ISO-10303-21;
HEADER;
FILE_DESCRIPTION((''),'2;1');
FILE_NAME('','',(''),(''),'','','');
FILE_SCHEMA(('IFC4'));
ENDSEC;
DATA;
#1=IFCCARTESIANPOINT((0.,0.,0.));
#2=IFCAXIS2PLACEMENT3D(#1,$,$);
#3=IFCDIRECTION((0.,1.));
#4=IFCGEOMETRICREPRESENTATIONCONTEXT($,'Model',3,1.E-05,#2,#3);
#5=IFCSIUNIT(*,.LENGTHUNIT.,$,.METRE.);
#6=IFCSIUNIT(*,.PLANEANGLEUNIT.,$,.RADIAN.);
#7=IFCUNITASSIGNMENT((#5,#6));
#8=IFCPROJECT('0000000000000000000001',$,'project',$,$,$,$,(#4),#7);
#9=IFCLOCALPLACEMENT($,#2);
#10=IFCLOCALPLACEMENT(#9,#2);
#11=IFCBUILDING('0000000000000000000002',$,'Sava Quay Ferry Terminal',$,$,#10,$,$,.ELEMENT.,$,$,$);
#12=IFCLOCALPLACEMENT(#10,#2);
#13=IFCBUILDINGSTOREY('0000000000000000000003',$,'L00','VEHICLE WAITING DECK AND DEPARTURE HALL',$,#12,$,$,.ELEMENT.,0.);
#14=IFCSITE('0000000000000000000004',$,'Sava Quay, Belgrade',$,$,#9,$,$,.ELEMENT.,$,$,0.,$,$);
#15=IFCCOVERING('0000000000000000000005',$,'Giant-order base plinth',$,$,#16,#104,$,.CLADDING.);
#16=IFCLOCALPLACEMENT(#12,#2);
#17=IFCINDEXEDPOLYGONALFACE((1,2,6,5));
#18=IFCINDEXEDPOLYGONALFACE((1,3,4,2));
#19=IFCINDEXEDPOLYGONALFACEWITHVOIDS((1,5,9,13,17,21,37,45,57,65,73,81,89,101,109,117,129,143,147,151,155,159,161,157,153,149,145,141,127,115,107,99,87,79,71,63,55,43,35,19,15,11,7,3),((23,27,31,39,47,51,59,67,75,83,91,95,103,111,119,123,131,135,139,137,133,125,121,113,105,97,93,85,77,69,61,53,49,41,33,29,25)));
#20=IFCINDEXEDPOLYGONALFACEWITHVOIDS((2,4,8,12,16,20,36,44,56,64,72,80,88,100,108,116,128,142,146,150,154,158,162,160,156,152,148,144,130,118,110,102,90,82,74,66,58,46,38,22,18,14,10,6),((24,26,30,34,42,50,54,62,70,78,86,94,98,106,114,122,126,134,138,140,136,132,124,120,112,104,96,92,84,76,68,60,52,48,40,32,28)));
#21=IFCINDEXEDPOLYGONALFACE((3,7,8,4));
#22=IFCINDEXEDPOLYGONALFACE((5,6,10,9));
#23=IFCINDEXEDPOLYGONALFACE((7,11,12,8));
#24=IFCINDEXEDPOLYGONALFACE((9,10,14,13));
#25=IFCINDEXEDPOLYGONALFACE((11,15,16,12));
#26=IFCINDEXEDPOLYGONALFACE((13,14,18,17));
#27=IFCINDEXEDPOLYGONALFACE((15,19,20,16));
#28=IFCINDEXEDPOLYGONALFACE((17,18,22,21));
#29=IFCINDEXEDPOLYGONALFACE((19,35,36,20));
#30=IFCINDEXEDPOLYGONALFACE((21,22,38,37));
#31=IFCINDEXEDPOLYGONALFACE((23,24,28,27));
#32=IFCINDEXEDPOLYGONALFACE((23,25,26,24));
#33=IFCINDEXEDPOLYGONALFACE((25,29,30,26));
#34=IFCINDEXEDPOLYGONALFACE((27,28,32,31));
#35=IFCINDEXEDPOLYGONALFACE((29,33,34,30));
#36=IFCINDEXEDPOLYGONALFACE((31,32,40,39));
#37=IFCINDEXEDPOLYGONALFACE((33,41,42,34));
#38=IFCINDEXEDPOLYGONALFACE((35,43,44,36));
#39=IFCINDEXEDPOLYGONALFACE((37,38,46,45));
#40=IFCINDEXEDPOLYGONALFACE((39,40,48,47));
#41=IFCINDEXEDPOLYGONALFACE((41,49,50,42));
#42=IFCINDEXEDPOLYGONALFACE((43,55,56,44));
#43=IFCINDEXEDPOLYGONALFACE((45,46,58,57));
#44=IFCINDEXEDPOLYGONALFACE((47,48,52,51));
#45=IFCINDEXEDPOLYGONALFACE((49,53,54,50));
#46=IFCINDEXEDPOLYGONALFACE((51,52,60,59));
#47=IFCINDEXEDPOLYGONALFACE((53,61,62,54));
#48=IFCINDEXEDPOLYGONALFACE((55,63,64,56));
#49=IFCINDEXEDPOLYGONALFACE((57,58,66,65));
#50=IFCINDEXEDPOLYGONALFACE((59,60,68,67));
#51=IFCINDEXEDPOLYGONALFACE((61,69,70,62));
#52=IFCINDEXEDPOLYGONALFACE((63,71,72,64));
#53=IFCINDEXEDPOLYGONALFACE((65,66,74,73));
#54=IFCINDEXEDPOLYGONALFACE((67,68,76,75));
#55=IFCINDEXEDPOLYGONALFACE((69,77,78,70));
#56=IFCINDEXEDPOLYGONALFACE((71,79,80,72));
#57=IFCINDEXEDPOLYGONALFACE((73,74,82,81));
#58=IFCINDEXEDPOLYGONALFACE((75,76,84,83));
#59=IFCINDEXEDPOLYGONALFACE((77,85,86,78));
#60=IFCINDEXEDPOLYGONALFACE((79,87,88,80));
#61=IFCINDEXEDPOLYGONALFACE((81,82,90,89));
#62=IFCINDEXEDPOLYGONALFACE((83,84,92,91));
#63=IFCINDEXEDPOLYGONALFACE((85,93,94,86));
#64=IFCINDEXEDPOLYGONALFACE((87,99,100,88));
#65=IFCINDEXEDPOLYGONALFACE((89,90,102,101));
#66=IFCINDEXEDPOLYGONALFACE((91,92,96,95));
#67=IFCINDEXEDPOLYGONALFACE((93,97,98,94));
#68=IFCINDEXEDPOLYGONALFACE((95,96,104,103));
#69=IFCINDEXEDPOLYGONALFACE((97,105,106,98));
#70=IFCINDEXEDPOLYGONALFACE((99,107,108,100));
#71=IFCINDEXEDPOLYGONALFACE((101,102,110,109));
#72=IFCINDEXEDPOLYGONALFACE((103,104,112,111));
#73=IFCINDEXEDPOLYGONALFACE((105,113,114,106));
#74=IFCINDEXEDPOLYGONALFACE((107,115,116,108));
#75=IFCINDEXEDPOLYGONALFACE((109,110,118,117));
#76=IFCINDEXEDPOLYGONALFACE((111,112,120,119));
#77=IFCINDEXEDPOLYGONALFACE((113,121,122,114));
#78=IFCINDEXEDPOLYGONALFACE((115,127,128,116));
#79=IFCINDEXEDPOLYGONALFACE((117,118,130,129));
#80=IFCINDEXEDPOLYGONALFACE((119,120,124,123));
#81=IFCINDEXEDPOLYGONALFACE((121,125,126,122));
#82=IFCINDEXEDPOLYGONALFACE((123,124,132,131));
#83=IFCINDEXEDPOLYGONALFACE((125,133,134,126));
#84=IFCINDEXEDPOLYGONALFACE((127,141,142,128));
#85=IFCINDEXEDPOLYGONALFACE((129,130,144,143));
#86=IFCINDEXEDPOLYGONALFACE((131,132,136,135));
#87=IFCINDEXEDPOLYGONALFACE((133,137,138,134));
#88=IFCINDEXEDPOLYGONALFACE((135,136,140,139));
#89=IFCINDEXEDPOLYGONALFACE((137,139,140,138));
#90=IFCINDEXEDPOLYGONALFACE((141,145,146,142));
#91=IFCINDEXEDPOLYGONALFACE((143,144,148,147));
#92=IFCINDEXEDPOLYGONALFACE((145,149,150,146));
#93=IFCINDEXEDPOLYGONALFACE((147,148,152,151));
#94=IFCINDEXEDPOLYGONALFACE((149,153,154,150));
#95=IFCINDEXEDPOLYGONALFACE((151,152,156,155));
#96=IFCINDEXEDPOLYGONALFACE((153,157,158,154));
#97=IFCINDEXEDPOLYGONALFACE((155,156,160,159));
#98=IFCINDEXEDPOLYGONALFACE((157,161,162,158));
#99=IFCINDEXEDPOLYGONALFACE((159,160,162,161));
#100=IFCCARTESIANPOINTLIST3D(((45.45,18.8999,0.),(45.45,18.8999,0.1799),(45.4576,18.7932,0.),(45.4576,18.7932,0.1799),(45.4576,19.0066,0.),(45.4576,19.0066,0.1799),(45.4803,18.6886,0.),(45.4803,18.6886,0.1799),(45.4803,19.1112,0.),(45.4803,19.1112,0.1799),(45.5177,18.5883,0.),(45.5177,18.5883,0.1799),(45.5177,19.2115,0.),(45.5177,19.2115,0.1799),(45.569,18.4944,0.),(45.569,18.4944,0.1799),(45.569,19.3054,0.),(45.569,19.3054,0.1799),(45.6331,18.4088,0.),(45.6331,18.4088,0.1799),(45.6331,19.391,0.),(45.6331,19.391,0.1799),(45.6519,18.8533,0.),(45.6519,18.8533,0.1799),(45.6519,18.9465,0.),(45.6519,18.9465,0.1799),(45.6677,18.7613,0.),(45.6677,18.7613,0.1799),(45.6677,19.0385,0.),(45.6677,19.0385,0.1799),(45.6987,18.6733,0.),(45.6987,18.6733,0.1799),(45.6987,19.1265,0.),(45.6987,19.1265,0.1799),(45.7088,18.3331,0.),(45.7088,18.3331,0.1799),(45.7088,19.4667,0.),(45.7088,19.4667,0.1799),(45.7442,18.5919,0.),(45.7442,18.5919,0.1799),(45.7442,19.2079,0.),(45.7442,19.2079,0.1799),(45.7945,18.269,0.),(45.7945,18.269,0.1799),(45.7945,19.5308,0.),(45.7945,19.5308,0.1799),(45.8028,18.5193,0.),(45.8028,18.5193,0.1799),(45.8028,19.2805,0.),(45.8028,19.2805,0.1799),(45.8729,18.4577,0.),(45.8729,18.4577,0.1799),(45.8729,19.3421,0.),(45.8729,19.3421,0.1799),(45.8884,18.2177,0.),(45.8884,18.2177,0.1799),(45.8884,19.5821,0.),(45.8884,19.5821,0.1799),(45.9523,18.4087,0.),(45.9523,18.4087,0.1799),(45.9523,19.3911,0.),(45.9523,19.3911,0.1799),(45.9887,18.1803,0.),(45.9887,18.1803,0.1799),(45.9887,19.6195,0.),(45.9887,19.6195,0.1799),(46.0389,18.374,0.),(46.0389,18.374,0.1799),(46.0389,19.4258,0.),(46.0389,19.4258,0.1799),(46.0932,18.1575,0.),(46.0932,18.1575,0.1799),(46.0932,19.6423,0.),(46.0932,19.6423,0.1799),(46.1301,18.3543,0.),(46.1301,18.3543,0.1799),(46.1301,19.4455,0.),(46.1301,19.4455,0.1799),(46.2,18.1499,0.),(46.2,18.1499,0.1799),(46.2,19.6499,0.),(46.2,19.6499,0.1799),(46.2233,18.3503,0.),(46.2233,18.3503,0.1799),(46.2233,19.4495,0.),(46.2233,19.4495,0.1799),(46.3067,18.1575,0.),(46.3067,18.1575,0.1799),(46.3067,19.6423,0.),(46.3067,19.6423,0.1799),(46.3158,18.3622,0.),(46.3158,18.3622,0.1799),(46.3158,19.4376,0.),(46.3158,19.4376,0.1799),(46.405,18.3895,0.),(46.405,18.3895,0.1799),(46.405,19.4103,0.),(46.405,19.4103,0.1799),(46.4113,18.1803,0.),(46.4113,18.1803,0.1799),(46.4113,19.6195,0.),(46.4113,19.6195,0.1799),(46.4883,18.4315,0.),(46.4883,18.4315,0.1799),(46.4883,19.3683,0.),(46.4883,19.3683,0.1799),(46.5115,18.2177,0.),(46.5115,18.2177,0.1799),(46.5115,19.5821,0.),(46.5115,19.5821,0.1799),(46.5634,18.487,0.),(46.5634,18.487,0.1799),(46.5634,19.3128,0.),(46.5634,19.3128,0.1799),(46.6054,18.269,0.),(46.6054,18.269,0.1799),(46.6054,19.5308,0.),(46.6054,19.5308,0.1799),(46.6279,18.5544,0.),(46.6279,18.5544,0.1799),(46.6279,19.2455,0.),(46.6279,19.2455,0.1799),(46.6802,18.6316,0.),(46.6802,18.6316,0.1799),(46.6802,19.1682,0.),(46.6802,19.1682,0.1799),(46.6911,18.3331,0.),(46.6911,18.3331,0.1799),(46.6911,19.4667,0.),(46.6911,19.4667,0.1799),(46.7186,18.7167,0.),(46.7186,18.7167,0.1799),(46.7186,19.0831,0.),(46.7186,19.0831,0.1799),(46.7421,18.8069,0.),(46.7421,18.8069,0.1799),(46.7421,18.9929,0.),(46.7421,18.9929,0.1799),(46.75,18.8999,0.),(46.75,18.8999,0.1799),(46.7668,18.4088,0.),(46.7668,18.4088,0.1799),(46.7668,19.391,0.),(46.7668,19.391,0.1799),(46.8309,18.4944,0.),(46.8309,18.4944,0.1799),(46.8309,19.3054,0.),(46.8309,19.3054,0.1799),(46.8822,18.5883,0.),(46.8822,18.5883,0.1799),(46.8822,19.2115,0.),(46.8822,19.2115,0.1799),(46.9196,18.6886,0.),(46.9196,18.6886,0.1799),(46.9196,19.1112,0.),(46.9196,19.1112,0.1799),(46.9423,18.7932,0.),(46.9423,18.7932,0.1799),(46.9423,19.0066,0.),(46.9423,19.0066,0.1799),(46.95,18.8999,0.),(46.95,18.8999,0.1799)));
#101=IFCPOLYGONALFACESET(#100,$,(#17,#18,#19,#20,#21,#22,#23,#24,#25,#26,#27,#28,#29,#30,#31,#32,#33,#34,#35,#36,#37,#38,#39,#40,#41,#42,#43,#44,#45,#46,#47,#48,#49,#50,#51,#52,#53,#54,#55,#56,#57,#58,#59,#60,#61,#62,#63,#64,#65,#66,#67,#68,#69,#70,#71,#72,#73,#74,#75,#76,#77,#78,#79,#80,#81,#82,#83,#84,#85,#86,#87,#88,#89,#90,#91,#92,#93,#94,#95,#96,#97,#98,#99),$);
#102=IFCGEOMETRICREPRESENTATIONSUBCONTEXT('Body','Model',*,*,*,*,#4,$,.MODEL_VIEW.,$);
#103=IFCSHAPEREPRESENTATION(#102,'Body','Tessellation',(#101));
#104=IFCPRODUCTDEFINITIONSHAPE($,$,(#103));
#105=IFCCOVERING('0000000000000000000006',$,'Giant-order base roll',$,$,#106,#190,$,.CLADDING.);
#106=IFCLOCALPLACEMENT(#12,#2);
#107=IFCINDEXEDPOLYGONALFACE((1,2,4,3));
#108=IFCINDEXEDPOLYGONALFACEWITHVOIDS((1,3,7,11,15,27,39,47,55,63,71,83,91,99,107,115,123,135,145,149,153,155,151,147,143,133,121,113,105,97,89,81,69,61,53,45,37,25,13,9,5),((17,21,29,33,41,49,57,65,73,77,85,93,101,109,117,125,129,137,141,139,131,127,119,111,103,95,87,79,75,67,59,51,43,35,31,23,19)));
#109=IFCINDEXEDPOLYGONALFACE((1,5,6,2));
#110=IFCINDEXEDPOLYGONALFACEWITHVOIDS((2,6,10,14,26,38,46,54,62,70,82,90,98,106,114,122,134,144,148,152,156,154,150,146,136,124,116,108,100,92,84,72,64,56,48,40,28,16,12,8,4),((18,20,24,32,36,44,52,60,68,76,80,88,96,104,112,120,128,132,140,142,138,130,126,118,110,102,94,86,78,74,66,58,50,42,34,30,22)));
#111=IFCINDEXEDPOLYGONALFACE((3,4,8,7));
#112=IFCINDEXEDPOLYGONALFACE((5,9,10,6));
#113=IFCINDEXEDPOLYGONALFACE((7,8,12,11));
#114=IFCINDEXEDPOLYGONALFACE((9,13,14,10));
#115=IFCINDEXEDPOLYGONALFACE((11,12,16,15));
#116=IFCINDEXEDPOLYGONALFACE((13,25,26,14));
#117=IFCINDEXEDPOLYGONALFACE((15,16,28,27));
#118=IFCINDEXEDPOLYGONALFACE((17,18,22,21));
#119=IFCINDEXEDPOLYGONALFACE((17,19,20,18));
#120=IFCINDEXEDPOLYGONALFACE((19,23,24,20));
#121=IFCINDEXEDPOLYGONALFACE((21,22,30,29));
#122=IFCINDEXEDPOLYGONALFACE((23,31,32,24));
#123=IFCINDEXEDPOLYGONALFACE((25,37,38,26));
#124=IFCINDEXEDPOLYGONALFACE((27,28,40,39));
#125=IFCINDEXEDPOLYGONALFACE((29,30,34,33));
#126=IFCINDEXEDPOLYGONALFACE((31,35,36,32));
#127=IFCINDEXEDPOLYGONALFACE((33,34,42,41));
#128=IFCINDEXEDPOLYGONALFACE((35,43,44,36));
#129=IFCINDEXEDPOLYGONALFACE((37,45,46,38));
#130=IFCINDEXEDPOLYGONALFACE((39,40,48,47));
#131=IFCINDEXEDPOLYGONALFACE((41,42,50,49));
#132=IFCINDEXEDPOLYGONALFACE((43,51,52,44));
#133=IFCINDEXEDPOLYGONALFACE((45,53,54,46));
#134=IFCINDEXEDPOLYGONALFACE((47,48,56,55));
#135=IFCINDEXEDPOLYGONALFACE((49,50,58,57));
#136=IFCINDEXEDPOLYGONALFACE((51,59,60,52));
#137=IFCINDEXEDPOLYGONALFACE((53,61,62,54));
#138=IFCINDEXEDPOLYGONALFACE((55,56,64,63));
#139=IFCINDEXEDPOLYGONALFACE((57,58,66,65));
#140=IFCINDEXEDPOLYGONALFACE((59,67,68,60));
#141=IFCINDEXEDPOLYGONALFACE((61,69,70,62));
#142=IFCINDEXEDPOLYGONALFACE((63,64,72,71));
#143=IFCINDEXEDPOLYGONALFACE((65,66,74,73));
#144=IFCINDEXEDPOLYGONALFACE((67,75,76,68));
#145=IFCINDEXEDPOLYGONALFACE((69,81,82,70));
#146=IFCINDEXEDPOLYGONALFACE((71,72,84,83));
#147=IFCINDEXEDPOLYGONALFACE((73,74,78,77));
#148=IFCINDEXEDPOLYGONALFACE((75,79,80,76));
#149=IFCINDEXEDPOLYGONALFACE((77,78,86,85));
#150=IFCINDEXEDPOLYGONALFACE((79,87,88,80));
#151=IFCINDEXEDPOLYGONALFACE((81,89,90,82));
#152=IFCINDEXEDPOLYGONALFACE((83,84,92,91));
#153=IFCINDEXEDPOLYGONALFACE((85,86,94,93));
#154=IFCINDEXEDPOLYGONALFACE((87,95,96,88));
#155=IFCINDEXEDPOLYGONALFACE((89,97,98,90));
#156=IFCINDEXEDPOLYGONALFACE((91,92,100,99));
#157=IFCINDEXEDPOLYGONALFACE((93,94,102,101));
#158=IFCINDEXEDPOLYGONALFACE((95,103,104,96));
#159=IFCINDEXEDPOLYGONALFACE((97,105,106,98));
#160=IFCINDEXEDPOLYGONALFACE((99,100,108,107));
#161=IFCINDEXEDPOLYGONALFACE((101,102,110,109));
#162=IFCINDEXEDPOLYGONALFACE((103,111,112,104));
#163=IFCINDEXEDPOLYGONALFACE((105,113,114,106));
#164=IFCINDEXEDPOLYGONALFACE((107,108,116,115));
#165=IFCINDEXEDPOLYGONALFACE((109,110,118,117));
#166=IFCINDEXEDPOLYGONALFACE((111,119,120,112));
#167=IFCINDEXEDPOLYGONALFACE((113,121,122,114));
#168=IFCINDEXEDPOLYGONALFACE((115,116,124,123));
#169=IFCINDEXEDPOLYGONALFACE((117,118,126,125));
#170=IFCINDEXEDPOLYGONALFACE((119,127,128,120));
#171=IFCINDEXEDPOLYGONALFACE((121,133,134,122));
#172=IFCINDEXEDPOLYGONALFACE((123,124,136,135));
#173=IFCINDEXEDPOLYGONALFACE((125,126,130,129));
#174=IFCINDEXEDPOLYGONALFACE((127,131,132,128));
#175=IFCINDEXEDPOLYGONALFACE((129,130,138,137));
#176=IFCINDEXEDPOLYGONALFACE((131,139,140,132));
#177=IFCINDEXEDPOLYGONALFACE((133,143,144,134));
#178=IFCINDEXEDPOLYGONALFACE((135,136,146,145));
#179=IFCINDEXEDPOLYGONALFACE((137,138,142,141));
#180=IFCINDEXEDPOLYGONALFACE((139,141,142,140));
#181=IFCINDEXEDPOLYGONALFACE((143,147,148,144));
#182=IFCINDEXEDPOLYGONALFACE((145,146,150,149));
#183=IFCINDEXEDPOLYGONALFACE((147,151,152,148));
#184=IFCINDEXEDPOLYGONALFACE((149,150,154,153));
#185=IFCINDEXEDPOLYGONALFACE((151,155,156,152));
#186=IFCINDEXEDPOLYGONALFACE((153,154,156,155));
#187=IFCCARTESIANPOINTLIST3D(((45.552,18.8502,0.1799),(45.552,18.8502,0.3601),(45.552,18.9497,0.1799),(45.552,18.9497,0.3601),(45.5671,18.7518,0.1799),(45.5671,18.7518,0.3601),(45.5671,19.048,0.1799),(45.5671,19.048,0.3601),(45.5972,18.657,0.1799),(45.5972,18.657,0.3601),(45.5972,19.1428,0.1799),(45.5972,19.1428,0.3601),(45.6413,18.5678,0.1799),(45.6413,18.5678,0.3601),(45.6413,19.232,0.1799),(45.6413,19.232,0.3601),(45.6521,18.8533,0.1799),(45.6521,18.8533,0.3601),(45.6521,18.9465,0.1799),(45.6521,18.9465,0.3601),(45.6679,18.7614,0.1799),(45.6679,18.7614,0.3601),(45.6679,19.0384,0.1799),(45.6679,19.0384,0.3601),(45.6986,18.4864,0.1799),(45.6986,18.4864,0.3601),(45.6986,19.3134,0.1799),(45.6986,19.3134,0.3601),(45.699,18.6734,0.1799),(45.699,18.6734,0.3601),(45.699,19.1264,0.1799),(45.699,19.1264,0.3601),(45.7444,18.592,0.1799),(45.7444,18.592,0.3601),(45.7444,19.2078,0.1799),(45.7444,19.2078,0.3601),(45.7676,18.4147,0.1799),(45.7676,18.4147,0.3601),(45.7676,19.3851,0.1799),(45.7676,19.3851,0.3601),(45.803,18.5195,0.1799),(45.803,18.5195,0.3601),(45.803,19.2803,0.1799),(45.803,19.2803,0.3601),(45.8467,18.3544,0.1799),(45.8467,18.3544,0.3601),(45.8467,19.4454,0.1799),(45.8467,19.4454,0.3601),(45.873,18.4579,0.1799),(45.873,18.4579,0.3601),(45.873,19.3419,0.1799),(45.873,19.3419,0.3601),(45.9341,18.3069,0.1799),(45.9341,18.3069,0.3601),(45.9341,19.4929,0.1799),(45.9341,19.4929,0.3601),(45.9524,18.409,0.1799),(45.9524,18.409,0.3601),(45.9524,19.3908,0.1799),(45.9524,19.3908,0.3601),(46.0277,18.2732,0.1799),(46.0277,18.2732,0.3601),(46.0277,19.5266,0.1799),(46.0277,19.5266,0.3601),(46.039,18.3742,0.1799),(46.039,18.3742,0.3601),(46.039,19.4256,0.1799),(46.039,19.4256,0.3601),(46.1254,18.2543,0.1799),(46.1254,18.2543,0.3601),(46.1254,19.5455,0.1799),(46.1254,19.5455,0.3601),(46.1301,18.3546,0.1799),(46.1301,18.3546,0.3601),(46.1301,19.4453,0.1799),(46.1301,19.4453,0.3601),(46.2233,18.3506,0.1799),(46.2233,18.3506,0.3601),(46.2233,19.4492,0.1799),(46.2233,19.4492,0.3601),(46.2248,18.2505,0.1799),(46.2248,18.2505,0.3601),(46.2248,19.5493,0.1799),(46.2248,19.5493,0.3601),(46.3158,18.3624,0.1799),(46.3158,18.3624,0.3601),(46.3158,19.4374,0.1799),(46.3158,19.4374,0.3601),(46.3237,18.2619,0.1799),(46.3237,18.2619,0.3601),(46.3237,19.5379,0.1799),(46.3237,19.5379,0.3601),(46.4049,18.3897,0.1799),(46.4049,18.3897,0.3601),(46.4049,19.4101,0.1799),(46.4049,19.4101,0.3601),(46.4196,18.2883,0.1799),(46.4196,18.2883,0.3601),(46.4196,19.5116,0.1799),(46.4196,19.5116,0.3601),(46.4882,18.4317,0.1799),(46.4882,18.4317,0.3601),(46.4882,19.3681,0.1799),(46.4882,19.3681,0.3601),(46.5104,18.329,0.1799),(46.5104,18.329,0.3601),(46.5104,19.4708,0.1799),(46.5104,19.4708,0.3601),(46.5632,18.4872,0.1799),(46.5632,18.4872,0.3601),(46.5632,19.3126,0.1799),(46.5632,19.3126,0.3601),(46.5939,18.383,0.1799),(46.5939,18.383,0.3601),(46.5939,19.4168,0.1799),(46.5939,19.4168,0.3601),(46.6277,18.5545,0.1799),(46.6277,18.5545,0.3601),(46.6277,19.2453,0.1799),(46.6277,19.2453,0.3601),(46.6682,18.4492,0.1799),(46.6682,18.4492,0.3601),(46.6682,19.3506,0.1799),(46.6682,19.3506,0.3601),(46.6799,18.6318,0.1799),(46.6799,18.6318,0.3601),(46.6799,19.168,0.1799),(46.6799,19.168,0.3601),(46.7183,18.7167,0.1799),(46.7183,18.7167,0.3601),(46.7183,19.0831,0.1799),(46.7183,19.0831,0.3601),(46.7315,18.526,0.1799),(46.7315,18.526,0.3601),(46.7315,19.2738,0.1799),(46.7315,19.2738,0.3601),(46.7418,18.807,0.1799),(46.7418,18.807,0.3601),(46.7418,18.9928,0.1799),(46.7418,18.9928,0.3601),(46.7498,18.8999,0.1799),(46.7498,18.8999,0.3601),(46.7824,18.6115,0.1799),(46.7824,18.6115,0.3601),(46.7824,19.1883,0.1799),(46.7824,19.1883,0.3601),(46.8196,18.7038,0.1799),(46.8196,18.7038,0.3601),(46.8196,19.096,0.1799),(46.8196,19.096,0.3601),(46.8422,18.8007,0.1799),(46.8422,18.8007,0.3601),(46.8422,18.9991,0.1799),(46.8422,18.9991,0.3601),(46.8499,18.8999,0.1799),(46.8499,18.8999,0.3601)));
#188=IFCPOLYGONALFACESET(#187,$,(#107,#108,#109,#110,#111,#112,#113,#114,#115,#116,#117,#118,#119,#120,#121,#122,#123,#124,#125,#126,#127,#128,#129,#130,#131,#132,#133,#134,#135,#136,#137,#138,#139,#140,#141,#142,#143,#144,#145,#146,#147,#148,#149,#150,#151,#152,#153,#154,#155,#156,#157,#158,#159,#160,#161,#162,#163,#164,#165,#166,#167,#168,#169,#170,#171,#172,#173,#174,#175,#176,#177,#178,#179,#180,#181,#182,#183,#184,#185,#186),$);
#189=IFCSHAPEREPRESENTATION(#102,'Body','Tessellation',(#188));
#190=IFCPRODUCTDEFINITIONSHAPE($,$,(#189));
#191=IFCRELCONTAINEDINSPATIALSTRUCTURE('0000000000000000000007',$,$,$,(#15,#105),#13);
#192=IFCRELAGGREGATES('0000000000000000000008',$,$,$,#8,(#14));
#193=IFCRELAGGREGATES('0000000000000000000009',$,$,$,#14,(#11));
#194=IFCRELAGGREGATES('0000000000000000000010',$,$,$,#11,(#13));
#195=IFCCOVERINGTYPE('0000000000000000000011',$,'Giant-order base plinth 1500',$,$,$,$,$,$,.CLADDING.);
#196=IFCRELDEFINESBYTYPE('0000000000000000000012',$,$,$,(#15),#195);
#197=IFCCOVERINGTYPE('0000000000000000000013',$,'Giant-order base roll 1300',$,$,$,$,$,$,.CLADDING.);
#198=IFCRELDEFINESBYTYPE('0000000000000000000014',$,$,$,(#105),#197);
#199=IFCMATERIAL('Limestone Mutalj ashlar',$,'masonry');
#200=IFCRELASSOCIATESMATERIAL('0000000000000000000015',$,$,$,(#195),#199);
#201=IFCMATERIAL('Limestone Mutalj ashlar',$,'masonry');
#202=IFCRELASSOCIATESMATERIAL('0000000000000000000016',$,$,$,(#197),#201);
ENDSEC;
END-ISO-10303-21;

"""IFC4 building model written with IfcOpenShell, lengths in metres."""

from ifc_helpers import new_model, si_unit, direction, frame, origin, origin_2d, place, context, subcontext, project, spatial, hollow_circle, extrude, material, material_profile, profile_set, type_object, element, save


model = new_model("IFC4")

# Units and contexts
model_context = context("Model", 3, precision=1e-05, world=origin(), true_north=direction((0.0, 1.0)))
body_context = subcontext(model_context, "Body", "Model", "MODEL_VIEW")
ifc_project = project(units=[si_unit("LENGTHUNIT", "METRE"), si_unit("PLANEANGLEUNIT", "RADIAN")], contexts=[model_context])

# Site, building, storey
site_placement = place(None, origin())
site = spatial("IfcSite", under=ifc_project, at=site_placement, Name="Sava Quay, Belgrade", CompositionType="ELEMENT", RefElevation=0.0)
building_placement = place(site_placement, origin())
building = spatial("IfcBuilding", under=site, at=building_placement, Name="Sava Quay Ferry Terminal", CompositionType="ELEMENT")
storey_placement = place(building_placement, origin())
storey = spatial("IfcBuildingStorey", under=building, at=storey_placement, Name="L00", Description="VEHICLE WAITING DECK AND DEPARTURE HALL", CompositionType="ELEMENT", Elevation=0.0)

# Coverings
ifc_material_1 = material(Name="Limestone Mutalj ashlar", Category="masonry")
ifc_material_profile_1 = material_profile(ifc_material_1, hollow_circle(Radius=0.75, WallThickness=0.2, at=origin_2d()), Name="Base plinth 1500")
ifc_profile_set_1 = profile_set([ifc_material_profile_1], Name="Limestone Mutalj ashlar")
covering_type_1 = type_object("IfcCoveringType", Name="Giant-order base plinth 1500", PredefinedType="CLADDING", material=ifc_profile_set_1)
covering_1_placement = place(storey_placement, frame((46.2, 18.8999, 0.0), z_axis=(0.0, 0.0, 1.0), x_axis=(1.0, 0.0, 0.0)))
element("IfcCovering", 1, at=covering_1_placement, inside=storey, type_object=covering_type_1, Name="Giant-order base plinth", PredefinedType="CLADDING", context=body_context, shape_type="SweptSolid", body=[
    extrude(hollow_circle(Radius=0.75, WallThickness=0.2, at=origin_2d()), origin(), (0.0, 0.0, 1.0), 0.1799),
])
ifc_material_2 = material(Name="Limestone Mutalj ashlar", Category="masonry")
ifc_material_profile_2 = material_profile(ifc_material_2, hollow_circle(Radius=0.6499, WallThickness=0.1001, at=origin_2d()), Name="Base roll 1300")
ifc_profile_set_2 = profile_set([ifc_material_profile_2], Name="Limestone Mutalj ashlar")
covering_type_2 = type_object("IfcCoveringType", Name="Giant-order base roll 1300", PredefinedType="CLADDING", material=ifc_profile_set_2)
covering_2_placement = place(storey_placement, frame((46.2, 18.8999, 0.1799), z_axis=(0.0, 0.0, 1.0), x_axis=(1.0, 0.0, 0.0)))
element("IfcCovering", 2, at=covering_2_placement, inside=storey, type_object=covering_type_2, Name="Giant-order base roll", PredefinedType="CLADDING", context=body_context, shape_type="SweptSolid", body=[
    extrude(hollow_circle(Radius=0.6499, WallThickness=0.1001, at=origin_2d()), origin(), (0.0, 0.0, 1.0), 0.1802),
])

save(model, "model.ifc")
